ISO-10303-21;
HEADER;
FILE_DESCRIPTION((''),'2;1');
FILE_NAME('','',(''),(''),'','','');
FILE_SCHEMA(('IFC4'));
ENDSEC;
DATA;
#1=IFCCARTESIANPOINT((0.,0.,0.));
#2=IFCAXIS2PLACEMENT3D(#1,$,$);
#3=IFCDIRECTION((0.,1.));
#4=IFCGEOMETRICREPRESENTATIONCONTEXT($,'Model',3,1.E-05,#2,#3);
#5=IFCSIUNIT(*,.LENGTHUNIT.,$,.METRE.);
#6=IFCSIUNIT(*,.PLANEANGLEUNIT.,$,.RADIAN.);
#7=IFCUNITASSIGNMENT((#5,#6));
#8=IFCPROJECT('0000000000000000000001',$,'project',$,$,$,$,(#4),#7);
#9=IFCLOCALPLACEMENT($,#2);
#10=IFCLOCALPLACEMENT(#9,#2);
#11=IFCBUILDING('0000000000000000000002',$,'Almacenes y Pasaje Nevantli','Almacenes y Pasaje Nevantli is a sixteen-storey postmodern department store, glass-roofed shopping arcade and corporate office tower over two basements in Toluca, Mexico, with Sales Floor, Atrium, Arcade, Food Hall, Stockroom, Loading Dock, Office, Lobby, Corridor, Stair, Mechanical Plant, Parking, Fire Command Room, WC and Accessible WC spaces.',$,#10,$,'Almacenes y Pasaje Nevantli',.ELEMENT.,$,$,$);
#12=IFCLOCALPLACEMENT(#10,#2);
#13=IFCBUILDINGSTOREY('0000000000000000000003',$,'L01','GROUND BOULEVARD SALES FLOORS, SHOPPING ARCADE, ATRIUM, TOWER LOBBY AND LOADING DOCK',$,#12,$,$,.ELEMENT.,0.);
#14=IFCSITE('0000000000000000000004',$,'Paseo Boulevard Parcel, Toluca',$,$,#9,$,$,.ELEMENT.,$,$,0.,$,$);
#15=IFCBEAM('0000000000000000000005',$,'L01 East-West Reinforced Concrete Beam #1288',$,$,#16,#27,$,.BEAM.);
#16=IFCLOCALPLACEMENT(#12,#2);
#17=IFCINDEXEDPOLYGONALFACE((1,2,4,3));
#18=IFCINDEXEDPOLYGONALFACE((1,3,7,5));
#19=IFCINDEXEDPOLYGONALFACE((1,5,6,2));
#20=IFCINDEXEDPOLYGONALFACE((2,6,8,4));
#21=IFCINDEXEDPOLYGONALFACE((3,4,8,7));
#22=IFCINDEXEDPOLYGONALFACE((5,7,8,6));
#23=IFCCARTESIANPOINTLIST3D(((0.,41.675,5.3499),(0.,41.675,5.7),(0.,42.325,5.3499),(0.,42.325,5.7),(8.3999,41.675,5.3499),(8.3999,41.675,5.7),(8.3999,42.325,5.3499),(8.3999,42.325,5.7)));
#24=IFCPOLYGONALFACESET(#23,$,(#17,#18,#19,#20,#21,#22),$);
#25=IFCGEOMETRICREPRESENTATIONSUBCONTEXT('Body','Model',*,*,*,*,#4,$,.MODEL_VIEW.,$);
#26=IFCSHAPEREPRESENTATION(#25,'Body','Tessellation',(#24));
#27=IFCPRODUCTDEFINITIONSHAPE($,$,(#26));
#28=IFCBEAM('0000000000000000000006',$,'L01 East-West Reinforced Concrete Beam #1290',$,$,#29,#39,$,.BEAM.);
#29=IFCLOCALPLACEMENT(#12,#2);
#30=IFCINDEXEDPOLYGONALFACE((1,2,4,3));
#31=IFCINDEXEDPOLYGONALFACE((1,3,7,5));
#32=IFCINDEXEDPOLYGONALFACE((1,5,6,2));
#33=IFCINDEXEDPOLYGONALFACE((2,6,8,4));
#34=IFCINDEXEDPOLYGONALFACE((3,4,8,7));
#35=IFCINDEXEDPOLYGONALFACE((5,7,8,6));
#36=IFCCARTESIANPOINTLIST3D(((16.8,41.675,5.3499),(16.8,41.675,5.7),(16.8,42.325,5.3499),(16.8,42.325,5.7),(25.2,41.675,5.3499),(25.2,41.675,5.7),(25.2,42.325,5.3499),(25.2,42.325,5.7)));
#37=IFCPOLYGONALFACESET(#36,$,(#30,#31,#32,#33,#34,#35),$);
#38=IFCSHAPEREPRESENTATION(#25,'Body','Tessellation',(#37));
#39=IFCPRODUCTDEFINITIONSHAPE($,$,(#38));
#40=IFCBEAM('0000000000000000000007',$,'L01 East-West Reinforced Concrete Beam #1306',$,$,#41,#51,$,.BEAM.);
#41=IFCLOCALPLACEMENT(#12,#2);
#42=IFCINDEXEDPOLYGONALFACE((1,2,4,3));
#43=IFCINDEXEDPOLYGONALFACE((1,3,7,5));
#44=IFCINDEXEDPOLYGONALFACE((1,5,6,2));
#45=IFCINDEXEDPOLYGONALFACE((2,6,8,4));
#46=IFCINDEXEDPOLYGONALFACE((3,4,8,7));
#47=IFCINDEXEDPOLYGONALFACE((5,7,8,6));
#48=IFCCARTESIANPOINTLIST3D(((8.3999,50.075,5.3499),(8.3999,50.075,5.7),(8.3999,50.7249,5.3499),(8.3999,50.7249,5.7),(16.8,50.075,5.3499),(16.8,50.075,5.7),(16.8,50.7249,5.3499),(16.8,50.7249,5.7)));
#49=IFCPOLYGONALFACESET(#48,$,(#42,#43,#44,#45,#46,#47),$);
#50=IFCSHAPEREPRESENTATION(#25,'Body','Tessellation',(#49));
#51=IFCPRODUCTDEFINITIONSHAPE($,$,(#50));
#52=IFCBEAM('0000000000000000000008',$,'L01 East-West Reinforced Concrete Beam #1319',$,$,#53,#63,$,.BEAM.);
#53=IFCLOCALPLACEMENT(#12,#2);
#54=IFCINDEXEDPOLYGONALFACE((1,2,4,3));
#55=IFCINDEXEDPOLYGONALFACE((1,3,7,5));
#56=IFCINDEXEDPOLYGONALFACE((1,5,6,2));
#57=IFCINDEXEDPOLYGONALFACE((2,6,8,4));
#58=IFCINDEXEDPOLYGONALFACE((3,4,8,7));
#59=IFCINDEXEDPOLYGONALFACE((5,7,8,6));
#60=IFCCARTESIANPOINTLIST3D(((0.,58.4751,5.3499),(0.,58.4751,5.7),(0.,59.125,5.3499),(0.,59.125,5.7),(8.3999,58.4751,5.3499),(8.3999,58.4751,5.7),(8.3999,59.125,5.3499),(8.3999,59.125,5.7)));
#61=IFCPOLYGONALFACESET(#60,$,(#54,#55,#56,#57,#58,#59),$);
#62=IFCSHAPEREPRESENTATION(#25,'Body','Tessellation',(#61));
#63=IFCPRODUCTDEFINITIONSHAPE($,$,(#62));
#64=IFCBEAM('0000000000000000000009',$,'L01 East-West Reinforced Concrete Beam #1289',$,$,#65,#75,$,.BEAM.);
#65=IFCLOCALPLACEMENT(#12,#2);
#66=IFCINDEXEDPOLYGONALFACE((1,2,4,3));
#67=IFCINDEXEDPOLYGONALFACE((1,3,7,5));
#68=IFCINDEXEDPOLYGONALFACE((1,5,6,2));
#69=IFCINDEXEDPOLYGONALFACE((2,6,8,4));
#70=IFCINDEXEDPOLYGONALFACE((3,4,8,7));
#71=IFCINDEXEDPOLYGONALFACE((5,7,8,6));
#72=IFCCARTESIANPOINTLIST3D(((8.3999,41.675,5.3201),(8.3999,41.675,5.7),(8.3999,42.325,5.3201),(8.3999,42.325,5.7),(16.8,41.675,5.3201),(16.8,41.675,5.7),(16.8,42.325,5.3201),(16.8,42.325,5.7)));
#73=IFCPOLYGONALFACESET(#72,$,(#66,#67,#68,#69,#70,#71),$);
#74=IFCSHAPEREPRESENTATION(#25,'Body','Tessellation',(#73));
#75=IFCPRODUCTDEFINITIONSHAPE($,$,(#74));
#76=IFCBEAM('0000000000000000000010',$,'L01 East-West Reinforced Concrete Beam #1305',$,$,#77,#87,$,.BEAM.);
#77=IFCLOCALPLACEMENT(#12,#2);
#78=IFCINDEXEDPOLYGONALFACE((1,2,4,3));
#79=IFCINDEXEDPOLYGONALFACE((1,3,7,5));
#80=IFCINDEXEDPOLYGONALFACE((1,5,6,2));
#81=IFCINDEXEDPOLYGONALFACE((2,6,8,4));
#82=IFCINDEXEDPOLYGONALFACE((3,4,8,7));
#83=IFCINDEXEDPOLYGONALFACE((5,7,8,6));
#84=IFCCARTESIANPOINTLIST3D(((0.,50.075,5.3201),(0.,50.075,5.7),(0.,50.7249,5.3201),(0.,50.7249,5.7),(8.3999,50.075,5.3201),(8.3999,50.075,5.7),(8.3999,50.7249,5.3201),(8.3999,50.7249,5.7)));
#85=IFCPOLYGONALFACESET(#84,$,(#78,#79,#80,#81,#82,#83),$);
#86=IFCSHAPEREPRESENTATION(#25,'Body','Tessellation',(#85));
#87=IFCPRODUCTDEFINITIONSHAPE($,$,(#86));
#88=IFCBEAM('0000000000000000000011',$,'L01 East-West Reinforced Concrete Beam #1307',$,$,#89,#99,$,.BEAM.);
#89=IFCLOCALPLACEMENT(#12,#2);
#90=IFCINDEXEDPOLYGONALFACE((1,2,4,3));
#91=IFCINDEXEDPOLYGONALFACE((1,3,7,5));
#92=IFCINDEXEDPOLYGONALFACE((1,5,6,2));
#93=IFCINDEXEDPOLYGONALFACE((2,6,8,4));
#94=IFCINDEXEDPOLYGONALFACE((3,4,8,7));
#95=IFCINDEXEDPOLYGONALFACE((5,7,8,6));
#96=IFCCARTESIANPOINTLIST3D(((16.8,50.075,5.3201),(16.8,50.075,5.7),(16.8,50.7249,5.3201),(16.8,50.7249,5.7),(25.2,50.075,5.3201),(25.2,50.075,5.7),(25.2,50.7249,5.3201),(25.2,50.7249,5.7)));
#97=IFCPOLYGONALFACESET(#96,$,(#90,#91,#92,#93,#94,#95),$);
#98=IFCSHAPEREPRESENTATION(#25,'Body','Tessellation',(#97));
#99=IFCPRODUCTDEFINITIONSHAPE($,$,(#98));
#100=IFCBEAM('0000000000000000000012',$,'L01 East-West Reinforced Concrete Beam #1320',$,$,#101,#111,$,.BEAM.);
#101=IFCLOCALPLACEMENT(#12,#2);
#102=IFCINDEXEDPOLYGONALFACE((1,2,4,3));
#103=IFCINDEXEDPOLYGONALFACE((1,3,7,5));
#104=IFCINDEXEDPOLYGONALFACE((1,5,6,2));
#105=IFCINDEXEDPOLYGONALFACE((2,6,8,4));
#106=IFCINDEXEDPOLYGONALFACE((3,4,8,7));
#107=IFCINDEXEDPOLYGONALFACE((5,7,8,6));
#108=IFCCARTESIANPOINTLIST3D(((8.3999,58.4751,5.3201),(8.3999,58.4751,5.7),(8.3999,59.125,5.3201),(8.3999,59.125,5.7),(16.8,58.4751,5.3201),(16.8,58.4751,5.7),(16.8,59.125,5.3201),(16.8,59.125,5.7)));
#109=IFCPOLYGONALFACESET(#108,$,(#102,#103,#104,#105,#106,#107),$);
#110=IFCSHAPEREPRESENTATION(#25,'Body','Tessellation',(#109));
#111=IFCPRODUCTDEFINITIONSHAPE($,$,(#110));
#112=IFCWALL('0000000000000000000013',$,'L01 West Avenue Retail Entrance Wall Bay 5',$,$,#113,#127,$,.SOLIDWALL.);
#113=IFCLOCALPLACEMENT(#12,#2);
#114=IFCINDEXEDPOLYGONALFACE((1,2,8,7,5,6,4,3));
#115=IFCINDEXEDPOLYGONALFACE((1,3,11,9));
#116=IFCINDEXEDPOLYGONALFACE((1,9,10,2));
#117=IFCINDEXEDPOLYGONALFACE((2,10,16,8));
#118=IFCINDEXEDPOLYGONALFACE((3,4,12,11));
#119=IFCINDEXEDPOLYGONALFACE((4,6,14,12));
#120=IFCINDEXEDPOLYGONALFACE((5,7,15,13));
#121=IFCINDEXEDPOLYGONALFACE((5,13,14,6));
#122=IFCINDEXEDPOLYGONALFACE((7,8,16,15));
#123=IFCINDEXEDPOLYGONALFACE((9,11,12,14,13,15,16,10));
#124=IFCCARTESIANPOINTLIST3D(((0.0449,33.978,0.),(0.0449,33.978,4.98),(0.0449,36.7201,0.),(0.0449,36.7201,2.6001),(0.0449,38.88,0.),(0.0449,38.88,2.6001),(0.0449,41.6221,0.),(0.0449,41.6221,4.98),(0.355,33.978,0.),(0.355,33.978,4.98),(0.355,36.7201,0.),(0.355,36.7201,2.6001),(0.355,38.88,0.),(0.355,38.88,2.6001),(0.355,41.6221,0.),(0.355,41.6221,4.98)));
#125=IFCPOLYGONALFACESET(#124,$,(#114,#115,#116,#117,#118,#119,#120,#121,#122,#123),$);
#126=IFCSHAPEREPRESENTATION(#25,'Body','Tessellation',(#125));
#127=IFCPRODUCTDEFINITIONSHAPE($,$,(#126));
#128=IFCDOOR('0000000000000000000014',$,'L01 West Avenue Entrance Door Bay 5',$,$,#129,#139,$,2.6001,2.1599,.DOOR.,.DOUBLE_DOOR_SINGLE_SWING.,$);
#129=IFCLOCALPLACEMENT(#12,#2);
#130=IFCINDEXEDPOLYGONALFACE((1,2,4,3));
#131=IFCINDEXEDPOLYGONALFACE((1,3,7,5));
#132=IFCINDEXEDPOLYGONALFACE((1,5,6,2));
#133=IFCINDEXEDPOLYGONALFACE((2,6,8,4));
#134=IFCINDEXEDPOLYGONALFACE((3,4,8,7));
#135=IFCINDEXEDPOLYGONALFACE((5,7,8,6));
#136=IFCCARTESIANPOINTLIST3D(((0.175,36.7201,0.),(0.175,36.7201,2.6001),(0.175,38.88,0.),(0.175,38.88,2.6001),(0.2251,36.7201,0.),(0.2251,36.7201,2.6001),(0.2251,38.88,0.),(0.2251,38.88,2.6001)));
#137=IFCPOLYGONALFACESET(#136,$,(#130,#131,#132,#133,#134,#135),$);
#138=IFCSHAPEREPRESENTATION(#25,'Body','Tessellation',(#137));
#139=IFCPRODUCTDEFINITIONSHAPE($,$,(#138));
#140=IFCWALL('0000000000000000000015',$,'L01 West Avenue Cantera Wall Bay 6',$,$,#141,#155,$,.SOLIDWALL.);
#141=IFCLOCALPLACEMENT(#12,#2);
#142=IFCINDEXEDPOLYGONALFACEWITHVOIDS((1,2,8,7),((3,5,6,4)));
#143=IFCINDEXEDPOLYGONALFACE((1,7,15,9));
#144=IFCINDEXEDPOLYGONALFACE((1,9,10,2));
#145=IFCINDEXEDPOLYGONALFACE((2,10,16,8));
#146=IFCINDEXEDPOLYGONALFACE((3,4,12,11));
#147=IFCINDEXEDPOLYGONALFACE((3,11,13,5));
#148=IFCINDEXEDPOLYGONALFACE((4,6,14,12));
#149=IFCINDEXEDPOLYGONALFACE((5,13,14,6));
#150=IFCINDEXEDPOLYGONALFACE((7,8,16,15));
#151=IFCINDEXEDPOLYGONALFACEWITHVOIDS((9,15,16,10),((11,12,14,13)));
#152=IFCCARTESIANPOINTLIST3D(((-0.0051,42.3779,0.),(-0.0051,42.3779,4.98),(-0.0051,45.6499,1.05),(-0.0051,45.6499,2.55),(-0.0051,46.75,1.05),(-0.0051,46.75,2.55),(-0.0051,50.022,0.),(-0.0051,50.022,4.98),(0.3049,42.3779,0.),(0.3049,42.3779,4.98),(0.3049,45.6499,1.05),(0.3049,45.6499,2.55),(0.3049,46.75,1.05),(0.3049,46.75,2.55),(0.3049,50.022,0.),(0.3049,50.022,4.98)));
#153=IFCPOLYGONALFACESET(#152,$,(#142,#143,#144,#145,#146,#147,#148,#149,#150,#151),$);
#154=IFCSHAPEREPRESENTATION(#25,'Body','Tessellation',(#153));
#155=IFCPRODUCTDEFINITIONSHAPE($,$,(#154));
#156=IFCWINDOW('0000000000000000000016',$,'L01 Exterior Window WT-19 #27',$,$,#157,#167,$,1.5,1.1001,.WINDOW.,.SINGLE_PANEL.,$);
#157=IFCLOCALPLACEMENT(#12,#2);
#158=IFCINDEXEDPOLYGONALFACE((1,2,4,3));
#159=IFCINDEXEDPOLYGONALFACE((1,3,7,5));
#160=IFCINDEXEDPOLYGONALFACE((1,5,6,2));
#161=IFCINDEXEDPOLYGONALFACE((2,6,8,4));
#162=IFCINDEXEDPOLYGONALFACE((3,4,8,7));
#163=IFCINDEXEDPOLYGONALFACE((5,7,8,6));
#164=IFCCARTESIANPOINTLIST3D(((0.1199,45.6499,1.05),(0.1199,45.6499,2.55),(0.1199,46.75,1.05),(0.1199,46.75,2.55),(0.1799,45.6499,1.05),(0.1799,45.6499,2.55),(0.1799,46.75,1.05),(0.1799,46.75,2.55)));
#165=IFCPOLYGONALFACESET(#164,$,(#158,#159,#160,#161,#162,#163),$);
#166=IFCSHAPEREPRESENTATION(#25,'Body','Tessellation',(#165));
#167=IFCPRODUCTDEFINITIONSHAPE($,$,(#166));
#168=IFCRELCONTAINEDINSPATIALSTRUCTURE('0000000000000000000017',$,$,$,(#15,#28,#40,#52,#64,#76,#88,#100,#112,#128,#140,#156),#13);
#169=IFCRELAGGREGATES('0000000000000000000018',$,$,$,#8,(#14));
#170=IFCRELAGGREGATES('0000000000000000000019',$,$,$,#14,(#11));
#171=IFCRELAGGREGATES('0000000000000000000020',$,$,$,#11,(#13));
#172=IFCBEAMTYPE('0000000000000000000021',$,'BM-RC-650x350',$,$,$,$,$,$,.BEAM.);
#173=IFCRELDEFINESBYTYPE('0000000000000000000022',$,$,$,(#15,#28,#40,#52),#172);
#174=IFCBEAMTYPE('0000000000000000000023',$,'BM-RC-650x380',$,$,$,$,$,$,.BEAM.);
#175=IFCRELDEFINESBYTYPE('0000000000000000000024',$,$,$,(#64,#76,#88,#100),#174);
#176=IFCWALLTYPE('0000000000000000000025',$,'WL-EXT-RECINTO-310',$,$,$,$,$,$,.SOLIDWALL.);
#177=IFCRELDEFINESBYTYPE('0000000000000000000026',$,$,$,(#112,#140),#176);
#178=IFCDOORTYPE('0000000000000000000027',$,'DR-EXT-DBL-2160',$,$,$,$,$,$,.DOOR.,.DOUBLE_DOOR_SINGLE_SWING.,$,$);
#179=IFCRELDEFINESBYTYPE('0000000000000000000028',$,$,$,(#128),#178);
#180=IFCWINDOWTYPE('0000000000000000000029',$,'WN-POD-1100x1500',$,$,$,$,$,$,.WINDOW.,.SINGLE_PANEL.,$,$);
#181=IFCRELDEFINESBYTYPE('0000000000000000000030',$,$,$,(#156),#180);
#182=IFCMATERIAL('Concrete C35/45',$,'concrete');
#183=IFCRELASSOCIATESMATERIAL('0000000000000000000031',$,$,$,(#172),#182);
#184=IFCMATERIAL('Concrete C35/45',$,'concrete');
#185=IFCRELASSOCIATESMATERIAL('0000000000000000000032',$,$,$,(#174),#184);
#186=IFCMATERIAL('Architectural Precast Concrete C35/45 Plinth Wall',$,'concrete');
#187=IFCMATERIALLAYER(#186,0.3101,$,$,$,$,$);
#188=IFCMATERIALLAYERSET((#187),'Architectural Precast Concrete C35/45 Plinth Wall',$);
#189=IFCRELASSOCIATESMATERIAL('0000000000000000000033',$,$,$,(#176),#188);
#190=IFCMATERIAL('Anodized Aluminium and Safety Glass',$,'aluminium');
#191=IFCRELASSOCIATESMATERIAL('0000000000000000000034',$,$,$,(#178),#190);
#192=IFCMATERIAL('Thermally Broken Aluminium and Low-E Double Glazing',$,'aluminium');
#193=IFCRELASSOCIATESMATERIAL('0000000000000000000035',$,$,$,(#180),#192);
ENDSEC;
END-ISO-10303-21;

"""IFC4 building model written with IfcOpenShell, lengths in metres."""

from ifc_helpers import new_model, si_unit, direction, frame, frame_2d, origin, origin_2d, place, context, subcontext, project, spatial, rectangle, extrude, material, layer, layer_set, material_profile, profile_set, type_object, element, fill, save


model = new_model("IFC4")

# Units and contexts
model_context = context("Model", 3, precision=1e-05, world=origin(), true_north=direction((0.0, 1.0)))
body_context = subcontext(model_context, "Body", "Model", "MODEL_VIEW")
ifc_project = project(units=[si_unit("LENGTHUNIT", "METRE"), si_unit("PLANEANGLEUNIT", "RADIAN")], contexts=[model_context])

# Site, building, storey
site_placement = place(None, origin())
site = spatial("IfcSite", under=ifc_project, at=site_placement, Name="Paseo Boulevard Parcel, Toluca", CompositionType="ELEMENT", RefElevation=0.0)
building_placement = place(site_placement, origin())
building = spatial("IfcBuilding", under=site, at=building_placement, Name="Almacenes y Pasaje Nevantli", Description="Almacenes y Pasaje Nevantli is a sixteen-storey postmodern department store, glass-roofed shopping arcade and corporate office tower over two basements in Toluca, Mexico, with Sales Floor, Atrium, Arcade, Food Hall, Stockroom, Loading Dock, Office, Lobby, Corridor, Stair, Mechanical Plant, Parking, Fire Command Room, WC and Accessible WC spaces.", LongName="Almacenes y Pasaje Nevantli", CompositionType="ELEMENT")
storey_placement = place(building_placement, origin())
storey = spatial("IfcBuildingStorey", under=building, at=storey_placement, Name="L01", Description="GROUND BOULEVARD SALES FLOORS, SHOPPING ARCADE, ATRIUM, TOWER LOBBY AND LOADING DOCK", CompositionType="ELEMENT", Elevation=0.0)

# Beams
ifc_material_1 = material(Name="Concrete C35/45", Category="concrete")
ifc_material_profile_1 = material_profile(ifc_material_1, rectangle(XDim=0.6499, YDim=0.3501, at=origin_2d()), Name="RC-BM-650x350")
ifc_profile_set_1 = profile_set([ifc_material_profile_1], Name="Concrete C35/45")
beam_type_1 = type_object("IfcBeamType", Name="BM-RC-650x350", PredefinedType="BEAM", material=ifc_profile_set_1)
for number, where, z_axis, x_axis, name in (
    (1, (0.0, 42.0, 5.5249), (1.0, 0.0, 0.0), (0.0, 1.0, 0.0), "L01 East-West Reinforced Concrete Beam #1288"),
    (2, (16.8, 42.0, 5.5249), (1.0, 0.0, 0.0), (0.0, 1.0, 0.0), "L01 East-West Reinforced Concrete Beam #1290"),
):
    element("IfcBeam", number, at=place(storey_placement, frame(where, z_axis=z_axis, x_axis=x_axis)), inside=storey, type_object=beam_type_1, Name=name, PredefinedType="BEAM", context=body_context, shape_type="SweptSolid", body=[
        extrude(rectangle(XDim=0.6499, YDim=0.3501, at=origin_2d()), origin(), (0.0, 0.0, 1.0), 8.3999),
    ])
beam_1_placement = place(storey_placement, frame((8.3999, 50.3999, 5.5249), z_axis=(1.0, 0.0, 0.0), x_axis=(0.0, 1.0, 0.0)))
element("IfcBeam", 3, at=beam_1_placement, inside=storey, type_object=beam_type_1, Name="L01 East-West Reinforced Concrete Beam #1306", PredefinedType="BEAM", context=body_context, shape_type="SweptSolid", body=[
    extrude(rectangle(XDim=0.6499, YDim=0.3501, at=origin_2d()), origin(), (0.0, 0.0, 1.0), 8.4001),
])
beam_2_placement = place(storey_placement, frame((0.0, 58.8, 5.5249), z_axis=(1.0, 0.0, 0.0), x_axis=(0.0, 1.0, 0.0)))
element("IfcBeam", 4, at=beam_2_placement, inside=storey, type_object=beam_type_1, Name="L01 East-West Reinforced Concrete Beam #1319", PredefinedType="BEAM", context=body_context, shape_type="SweptSolid", body=[
    extrude(rectangle(XDim=0.6499, YDim=0.3501, at=origin_2d()), origin(), (0.0, 0.0, 1.0), 8.3999),
])
ifc_material_2 = material(Name="Concrete C35/45", Category="concrete")
ifc_material_profile_2 = material_profile(ifc_material_2, rectangle(XDim=0.6499, YDim=0.3799, at=origin_2d()), Name="RC-BM-650x380")
ifc_profile_set_2 = profile_set([ifc_material_profile_2], Name="Concrete C35/45")
beam_type_2 = type_object("IfcBeamType", Name="BM-RC-650x380", PredefinedType="BEAM", material=ifc_profile_set_2)
beam_3_placement = place(storey_placement, frame((8.3999, 42.0, 5.51), z_axis=(1.0, 0.0, 0.0), x_axis=(0.0, 1.0, 0.0)))
element("IfcBeam", 5, at=beam_3_placement, inside=storey, type_object=beam_type_2, Name="L01 East-West Reinforced Concrete Beam #1289", PredefinedType="BEAM", context=body_context, shape_type="SweptSolid", body=[
    extrude(rectangle(XDim=0.6499, YDim=0.3799, at=origin_2d()), origin(), (0.0, 0.0, 1.0), 8.4001),
])
for number, where, z_axis, x_axis, name in (
    (6, (0.0, 50.3999, 5.51), (1.0, 0.0, 0.0), (0.0, 1.0, 0.0), "L01 East-West Reinforced Concrete Beam #1305"),
    (7, (16.8, 50.3999, 5.51), (1.0, 0.0, 0.0), (0.0, 1.0, 0.0), "L01 East-West Reinforced Concrete Beam #1307"),
):
    element("IfcBeam", number, at=place(storey_placement, frame(where, z_axis=z_axis, x_axis=x_axis)), inside=storey, type_object=beam_type_2, Name=name, PredefinedType="BEAM", context=body_context, shape_type="SweptSolid", body=[
        extrude(rectangle(XDim=0.6499, YDim=0.3799, at=origin_2d()), origin(), (0.0, 0.0, 1.0), 8.3999),
    ])
beam_4_placement = place(storey_placement, frame((8.3999, 58.8, 5.51), z_axis=(1.0, 0.0, 0.0), x_axis=(0.0, 1.0, 0.0)))
element("IfcBeam", 8, at=beam_4_placement, inside=storey, type_object=beam_type_2, Name="L01 East-West Reinforced Concrete Beam #1320", PredefinedType="BEAM", context=body_context, shape_type="SweptSolid", body=[
    extrude(rectangle(XDim=0.6499, YDim=0.3799, at=origin_2d()), origin(), (0.0, 0.0, 1.0), 8.4001),
])

# Wall, opening, door
ifc_material_3 = material(Name="Architectural Precast Concrete C35/45 Plinth Wall", Category="concrete")
ifc_layer = layer(ifc_material_3, 0.3101)
ifc_layer_set = layer_set([ifc_layer], Name="Architectural Precast Concrete C35/45 Plinth Wall")
wall_type = type_object("IfcWallType", Name="WL-EXT-RECINTO-310", PredefinedType="SOLIDWALL", material=ifc_layer_set)
wall_1_placement = place(storey_placement, frame((0.2, 33.978, 0.0), z_axis=(0.0, 0.0, 1.0), x_axis=(0.0, 1.0, 0.0)))
wall_1 = element("IfcWall", 9, at=wall_1_placement, inside=storey, type_object=wall_type, Name="L01 West Avenue Retail Entrance Wall Bay 5", PredefinedType="SOLIDWALL", context=body_context, shape_type="SweptSolid", body=[
    extrude(rectangle(XDim=7.644, YDim=0.3101, at=frame_2d((3.822, 0.0))), origin(), (0.0, 0.0, 1.0), 4.98),
])
opening_1_placement = place(wall_1_placement, frame((2.7419, 0.0, 0.0)))
opening_1 = element("IfcOpeningElement", 10, at=opening_1_placement, cuts=wall_1, PredefinedType="OPENING", context=body_context, shape_type="SweptSolid", body=[
    extrude(rectangle(XDim=2.1599, YDim=2.6001, at=frame_2d((1.0801, 1.3))), frame((0.0, 0.165, 0.0), z_axis=(0.0, -1.0, 0.0), x_axis=(1.0, 0.0, 0.0)), (0.0, 0.0, 1.0), 0.3301),
])
ifc_material_4 = material(Name="Anodized Aluminium and Safety Glass", Category="aluminium")
door_type_1 = type_object("IfcDoorType", Name="DR-EXT-DBL-2160", OperationType="DOUBLE_DOOR_SINGLE_SWING", PredefinedType="DOOR", material=ifc_material_4)
door_1_placement = place(opening_1_placement, origin())
door_1 = element("IfcDoor", 11, at=door_1_placement, inside=storey, type_object=door_type_1, Name="L01 West Avenue Entrance Door Bay 5", OperationType="DOUBLE_DOOR_SINGLE_SWING", OverallHeight=2.6001, OverallWidth=2.1599, PredefinedType="DOOR", context=body_context, shape_type="SweptSolid", body=[
    extrude(rectangle(XDim=2.1599, YDim=2.6001, at=frame_2d((1.0801, 1.3))), frame((0.0, 0.0249, 0.0), z_axis=(0.0, -1.0, 0.0), x_axis=(1.0, 0.0, 0.0)), (0.0, 0.0, 1.0), 0.05),
])
fill(opening_1, door_1)

# Wall, opening, window
wall_2_placement = place(storey_placement, frame((0.1499, 42.3779, 0.0), z_axis=(0.0, 0.0, 1.0), x_axis=(0.0, 1.0, 0.0)))
wall_2 = element("IfcWall", 12, at=wall_2_placement, inside=storey, type_object=wall_type, Name="L01 West Avenue Cantera Wall Bay 6", PredefinedType="SOLIDWALL", context=body_context, shape_type="SweptSolid", body=[
    extrude(rectangle(XDim=7.644, YDim=0.3101, at=frame_2d((3.822, 0.0))), origin(), (0.0, 0.0, 1.0), 4.98),
])
opening_2_placement = place(wall_2_placement, frame((3.272, 0.0, 1.05)))
opening_2 = element("IfcOpeningElement", 13, at=opening_2_placement, cuts=wall_2, PredefinedType="OPENING", context=body_context, shape_type="SweptSolid", body=[
    extrude(rectangle(XDim=1.1001, YDim=1.5, at=frame_2d((0.55, 0.75))), frame((0.0, 0.165, 0.0), z_axis=(0.0, -1.0, 0.0), x_axis=(1.0, 0.0, 0.0)), (0.0, 0.0, 1.0), 0.3301),
])
ifc_material_5 = material(Name="Thermally Broken Aluminium and Low-E Double Glazing", Category="aluminium")
window_type = type_object("IfcWindowType", Name="WN-POD-1100x1500", PartitioningType="SINGLE_PANEL", PredefinedType="WINDOW", material=ifc_material_5)
window_placement = place(opening_2_placement, origin())
window = element("IfcWindow", 14, at=window_placement, inside=storey, type_object=window_type, Name="L01 Exterior Window WT-19 #27", OverallHeight=1.5, OverallWidth=1.1001, PartitioningType="SINGLE_PANEL", PredefinedType="WINDOW", context=body_context, shape_type="SweptSolid", body=[
    extrude(rectangle(XDim=1.1001, YDim=1.5, at=frame_2d((0.55, 0.75))), frame((0.0, 0.03, 0.0), z_axis=(0.0, -1.0, 0.0), x_axis=(1.0, 0.0, 0.0)), (0.0, 0.0, 1.0), 0.0601),
])
fill(opening_2, window)

save(model, "model.ifc")
